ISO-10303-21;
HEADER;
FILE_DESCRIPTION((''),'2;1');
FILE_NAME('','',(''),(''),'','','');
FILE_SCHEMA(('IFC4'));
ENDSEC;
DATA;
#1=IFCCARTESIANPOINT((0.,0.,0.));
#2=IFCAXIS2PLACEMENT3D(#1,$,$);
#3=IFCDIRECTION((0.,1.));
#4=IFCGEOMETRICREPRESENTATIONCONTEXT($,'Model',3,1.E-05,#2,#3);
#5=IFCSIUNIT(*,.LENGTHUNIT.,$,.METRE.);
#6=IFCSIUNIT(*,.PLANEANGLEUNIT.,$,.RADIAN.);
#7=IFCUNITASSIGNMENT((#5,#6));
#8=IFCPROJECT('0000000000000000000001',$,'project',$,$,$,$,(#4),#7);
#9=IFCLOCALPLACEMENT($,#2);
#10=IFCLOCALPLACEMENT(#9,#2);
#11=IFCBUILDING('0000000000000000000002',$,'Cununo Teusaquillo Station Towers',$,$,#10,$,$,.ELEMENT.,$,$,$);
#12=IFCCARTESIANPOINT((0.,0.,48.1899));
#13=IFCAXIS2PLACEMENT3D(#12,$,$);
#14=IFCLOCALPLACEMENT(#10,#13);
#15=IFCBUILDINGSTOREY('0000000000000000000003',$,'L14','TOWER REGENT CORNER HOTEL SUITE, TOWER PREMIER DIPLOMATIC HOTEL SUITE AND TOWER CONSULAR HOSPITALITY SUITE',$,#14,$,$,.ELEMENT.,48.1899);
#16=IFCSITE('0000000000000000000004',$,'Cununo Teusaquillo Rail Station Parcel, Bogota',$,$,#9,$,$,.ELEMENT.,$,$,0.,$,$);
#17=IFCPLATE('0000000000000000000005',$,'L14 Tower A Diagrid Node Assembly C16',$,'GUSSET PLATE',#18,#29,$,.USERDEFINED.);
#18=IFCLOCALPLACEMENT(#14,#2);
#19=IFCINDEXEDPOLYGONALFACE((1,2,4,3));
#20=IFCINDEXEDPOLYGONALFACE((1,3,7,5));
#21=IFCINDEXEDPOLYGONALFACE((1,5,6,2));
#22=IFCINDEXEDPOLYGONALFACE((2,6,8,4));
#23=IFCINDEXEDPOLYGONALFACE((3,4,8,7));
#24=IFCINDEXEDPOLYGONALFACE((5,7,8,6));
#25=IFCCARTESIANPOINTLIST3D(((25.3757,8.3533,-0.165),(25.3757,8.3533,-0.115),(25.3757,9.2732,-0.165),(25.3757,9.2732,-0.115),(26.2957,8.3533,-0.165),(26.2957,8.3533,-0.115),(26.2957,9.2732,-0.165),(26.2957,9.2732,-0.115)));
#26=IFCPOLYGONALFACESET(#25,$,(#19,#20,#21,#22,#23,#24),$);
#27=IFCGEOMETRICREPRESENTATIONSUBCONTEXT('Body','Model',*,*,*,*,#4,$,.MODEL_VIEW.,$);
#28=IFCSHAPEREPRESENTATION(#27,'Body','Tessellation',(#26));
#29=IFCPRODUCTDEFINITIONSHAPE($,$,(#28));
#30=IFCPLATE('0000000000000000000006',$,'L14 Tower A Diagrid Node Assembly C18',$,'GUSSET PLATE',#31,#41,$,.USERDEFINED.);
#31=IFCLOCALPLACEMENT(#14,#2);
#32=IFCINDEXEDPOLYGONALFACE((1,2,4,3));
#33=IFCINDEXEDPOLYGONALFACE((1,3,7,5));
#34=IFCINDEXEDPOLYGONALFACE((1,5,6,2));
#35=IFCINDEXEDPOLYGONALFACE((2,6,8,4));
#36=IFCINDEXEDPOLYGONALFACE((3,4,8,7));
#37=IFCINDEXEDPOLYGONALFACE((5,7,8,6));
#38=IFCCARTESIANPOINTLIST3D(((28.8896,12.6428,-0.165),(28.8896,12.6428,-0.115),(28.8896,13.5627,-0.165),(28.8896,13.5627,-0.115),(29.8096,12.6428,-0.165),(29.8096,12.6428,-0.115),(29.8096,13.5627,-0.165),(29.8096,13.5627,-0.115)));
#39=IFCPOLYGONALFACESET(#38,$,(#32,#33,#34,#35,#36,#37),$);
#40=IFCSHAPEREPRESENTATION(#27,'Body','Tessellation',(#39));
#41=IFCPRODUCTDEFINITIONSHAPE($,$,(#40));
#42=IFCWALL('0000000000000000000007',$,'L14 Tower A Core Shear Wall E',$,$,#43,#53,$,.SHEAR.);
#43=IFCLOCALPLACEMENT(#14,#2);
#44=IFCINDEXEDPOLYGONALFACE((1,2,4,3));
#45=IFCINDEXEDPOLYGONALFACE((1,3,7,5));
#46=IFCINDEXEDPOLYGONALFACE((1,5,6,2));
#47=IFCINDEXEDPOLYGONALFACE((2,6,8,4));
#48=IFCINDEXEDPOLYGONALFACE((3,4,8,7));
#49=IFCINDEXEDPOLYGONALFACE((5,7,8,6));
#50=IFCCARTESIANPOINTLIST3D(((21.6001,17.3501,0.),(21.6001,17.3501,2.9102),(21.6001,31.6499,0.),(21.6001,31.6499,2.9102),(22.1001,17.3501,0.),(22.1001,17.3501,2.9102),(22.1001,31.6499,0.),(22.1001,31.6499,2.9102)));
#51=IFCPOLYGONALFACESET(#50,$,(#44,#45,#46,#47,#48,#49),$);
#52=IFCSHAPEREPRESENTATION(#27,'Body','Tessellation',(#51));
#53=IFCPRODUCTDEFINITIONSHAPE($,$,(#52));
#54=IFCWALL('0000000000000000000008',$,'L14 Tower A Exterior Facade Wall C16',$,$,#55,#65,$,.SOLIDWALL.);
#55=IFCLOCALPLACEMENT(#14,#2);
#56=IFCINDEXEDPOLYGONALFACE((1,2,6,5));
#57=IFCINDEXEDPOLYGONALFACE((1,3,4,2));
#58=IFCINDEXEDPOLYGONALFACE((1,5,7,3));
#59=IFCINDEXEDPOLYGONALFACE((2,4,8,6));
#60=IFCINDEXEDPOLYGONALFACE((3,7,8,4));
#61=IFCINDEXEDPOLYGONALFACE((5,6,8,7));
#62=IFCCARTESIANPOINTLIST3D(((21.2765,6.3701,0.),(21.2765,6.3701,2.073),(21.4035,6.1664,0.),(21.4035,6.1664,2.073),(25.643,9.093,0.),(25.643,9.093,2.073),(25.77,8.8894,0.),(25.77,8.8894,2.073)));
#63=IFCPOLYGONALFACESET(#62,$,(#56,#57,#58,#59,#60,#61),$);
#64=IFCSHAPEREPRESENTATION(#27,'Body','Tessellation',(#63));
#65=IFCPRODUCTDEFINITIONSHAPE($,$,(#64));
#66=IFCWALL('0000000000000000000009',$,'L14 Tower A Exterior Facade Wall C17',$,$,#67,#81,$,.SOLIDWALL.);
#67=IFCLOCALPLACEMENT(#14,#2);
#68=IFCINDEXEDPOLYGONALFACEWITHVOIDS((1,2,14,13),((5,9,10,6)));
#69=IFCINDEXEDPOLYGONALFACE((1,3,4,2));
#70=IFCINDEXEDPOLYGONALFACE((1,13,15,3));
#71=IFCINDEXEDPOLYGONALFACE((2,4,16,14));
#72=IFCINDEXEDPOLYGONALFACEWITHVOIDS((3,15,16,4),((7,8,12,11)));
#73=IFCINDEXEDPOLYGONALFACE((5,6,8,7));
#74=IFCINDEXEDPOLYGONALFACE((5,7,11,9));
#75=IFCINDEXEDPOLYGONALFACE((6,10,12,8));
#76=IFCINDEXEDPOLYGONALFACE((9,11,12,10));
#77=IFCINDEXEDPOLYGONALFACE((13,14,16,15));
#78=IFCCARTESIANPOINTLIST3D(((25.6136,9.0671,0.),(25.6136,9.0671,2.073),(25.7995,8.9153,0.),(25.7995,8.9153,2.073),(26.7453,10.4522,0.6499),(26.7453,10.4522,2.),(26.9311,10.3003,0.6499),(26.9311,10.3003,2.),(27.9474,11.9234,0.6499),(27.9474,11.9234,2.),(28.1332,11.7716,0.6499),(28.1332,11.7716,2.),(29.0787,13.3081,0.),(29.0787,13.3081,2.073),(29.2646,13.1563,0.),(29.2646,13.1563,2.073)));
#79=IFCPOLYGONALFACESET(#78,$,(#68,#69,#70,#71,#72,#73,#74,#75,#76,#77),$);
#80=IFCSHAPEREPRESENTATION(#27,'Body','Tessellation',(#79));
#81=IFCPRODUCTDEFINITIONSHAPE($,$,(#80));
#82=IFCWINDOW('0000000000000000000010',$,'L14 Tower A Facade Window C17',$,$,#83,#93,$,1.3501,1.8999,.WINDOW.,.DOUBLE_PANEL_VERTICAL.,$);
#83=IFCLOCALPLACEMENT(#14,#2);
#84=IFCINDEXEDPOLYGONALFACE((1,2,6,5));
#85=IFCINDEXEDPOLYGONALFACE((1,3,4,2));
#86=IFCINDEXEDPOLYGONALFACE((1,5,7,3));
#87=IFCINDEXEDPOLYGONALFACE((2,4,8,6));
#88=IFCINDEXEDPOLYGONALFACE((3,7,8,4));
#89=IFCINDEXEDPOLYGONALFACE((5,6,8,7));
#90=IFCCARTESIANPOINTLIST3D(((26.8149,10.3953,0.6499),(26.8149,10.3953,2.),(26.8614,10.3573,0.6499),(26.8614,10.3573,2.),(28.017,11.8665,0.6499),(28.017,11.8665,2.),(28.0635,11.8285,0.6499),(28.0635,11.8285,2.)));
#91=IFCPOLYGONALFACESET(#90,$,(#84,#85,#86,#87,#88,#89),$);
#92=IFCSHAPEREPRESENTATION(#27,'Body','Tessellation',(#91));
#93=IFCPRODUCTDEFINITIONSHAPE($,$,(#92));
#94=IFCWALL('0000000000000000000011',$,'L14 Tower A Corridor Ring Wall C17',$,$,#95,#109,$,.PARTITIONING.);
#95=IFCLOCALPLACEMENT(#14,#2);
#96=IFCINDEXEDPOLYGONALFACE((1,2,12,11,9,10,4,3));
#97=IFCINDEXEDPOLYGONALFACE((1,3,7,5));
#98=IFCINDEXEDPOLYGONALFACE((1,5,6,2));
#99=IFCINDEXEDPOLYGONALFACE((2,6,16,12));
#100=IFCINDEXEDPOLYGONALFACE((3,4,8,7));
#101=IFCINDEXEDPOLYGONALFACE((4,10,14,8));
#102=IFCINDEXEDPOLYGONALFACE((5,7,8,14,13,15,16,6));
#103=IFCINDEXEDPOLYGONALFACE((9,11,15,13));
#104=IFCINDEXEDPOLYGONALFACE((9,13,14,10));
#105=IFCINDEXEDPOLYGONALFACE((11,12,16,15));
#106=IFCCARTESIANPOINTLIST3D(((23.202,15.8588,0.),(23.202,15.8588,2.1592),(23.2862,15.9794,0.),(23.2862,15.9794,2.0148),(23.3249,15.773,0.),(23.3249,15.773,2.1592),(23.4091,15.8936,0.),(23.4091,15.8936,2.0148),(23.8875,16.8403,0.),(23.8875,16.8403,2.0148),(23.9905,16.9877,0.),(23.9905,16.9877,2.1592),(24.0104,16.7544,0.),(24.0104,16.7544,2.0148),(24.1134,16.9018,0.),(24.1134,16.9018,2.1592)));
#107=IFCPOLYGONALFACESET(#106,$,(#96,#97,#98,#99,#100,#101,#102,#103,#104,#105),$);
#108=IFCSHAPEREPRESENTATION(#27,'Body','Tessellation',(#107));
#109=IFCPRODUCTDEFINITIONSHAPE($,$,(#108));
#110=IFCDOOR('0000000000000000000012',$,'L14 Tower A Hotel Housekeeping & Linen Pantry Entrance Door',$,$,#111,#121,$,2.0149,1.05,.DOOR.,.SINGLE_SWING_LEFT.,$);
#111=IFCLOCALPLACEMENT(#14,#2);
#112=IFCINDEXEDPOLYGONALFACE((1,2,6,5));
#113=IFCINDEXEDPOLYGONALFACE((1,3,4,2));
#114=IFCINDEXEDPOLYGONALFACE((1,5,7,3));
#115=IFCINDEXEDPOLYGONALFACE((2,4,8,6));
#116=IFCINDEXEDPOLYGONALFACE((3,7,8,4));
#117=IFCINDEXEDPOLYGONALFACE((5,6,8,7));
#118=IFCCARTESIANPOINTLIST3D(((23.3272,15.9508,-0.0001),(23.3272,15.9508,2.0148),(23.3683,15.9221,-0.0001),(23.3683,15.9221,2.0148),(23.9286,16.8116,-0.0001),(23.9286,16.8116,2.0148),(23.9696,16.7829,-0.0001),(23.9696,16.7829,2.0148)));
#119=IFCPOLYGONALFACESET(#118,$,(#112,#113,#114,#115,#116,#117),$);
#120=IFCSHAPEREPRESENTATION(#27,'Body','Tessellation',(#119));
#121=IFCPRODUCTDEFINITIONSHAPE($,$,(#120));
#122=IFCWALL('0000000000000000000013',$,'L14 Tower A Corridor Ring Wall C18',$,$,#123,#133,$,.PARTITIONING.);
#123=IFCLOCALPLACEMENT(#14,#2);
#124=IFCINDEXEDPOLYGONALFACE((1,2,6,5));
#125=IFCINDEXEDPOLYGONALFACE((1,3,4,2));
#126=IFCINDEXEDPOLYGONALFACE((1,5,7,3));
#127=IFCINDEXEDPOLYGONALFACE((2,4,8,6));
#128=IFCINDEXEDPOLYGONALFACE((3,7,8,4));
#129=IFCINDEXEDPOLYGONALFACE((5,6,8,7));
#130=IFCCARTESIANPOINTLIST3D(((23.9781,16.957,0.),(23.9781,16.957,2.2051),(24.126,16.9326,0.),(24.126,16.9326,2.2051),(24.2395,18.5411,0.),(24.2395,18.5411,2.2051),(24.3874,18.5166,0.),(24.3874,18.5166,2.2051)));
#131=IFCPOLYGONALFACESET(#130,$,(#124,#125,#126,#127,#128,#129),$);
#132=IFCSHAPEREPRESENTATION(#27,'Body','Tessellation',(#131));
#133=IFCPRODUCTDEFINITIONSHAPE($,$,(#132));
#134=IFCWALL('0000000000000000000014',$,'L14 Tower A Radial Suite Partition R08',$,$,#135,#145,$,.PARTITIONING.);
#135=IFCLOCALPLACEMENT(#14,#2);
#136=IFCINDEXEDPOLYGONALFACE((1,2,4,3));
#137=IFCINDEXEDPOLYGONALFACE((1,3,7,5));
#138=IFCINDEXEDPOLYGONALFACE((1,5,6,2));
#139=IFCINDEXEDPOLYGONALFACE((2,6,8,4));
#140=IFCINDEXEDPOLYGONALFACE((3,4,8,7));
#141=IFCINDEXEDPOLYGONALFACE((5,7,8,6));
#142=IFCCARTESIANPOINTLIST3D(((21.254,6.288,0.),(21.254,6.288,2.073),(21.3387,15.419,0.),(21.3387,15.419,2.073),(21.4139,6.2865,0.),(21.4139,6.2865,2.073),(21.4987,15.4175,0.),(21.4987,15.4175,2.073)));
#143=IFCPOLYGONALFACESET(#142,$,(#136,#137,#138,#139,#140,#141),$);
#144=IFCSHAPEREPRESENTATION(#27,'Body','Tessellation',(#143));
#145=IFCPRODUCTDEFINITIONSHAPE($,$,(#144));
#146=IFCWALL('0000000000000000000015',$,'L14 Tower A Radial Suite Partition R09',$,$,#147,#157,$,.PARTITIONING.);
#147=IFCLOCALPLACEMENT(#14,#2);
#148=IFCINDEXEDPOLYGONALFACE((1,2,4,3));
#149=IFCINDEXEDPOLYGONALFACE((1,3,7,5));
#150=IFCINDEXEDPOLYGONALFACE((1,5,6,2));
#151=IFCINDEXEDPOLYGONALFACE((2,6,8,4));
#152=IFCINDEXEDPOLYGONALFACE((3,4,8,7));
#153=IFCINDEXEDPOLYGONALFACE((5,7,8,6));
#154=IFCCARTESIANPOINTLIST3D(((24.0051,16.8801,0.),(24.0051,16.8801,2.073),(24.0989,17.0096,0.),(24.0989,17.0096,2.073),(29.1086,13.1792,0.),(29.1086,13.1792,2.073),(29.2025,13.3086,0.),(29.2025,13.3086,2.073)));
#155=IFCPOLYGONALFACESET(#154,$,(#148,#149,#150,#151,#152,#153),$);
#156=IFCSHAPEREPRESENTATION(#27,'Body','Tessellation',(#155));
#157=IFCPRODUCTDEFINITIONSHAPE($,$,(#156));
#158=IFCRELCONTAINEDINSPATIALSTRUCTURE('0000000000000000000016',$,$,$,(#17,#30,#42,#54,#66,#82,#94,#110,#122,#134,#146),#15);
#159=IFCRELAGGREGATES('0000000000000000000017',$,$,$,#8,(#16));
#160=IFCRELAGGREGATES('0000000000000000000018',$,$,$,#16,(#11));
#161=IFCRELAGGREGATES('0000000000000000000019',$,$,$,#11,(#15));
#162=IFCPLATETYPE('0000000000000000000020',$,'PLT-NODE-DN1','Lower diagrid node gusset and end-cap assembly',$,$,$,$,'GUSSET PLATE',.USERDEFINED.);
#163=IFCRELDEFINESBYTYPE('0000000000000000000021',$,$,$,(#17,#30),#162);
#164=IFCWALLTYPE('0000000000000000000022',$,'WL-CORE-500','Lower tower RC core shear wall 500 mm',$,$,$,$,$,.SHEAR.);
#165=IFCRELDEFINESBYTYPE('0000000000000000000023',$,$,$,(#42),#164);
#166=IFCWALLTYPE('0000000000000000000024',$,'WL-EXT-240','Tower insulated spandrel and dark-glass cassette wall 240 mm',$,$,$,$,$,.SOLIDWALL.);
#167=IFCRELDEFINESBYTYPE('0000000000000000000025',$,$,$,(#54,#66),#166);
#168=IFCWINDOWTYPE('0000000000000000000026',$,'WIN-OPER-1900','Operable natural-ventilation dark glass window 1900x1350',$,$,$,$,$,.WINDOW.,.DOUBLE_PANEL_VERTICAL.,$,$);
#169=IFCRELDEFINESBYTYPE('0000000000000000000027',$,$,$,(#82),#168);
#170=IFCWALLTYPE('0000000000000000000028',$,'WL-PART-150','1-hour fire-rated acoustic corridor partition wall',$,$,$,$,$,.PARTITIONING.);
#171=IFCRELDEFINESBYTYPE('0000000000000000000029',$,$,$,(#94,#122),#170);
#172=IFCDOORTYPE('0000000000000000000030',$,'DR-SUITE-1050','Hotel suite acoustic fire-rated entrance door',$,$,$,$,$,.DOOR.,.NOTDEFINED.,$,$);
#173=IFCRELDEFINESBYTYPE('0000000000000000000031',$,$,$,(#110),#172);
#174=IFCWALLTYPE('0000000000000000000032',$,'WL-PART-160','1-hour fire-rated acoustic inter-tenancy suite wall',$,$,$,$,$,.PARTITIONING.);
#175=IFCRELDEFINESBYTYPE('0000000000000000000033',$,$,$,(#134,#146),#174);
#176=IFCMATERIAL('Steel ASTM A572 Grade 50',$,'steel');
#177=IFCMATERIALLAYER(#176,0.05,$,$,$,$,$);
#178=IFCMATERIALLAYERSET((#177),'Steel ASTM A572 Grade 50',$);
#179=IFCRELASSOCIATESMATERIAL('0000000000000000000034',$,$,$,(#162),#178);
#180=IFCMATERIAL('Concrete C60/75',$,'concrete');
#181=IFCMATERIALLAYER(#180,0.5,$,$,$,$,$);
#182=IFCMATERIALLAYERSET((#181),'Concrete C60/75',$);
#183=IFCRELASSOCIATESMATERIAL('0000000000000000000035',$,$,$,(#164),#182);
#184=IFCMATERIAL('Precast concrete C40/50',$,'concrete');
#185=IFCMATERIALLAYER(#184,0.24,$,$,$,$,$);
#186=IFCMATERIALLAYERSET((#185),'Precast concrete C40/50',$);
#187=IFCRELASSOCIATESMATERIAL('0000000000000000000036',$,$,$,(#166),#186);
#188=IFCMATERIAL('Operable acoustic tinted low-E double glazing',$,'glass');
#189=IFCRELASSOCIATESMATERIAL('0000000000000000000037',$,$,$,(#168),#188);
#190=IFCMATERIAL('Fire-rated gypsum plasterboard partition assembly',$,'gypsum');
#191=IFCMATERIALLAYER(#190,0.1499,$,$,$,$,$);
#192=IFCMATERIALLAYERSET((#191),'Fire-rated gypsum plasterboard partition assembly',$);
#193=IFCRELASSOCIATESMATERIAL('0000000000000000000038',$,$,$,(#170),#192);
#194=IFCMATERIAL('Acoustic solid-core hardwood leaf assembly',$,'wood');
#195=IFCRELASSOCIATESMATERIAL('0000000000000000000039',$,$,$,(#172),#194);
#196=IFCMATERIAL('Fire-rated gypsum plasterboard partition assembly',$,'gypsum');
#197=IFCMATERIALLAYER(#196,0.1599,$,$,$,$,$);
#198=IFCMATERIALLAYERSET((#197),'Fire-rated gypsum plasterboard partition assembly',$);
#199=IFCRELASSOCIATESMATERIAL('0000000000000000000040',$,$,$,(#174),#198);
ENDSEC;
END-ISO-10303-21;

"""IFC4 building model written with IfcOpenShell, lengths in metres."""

from ifc_helpers import new_model, si_unit, direction, frame, frame_2d, origin, origin_2d, place, context, subcontext, project, spatial, rectangle, extrude, source, transform, mapped, material, layer, layer_set, type_object, element, fill, save


model = new_model("IFC4")

# Units and contexts
model_context = context("Model", 3, precision=1e-05, world=origin(), true_north=direction((0.0, 1.0)))
body_context = subcontext(model_context, "Body", "Model", "MODEL_VIEW")
ifc_project = project(units=[si_unit("LENGTHUNIT", "METRE"), si_unit("PLANEANGLEUNIT", "RADIAN")], contexts=[model_context])

# Site, building, storey
site_placement = place(None, origin())
site = spatial("IfcSite", under=ifc_project, at=site_placement, Name="Cununo Teusaquillo Rail Station Parcel, Bogota", CompositionType="ELEMENT", RefElevation=0.0)
building_placement = place(site_placement, origin())
building = spatial("IfcBuilding", under=site, at=building_placement, Name="Cununo Teusaquillo Station Towers", CompositionType="ELEMENT")
storey_placement = place(building_placement, frame((0.0, 0.0, 48.1899)))
storey = spatial("IfcBuildingStorey", under=building, at=storey_placement, Name="L14", Description="TOWER REGENT CORNER HOTEL SUITE, TOWER PREMIER DIPLOMATIC HOTEL SUITE AND TOWER CONSULAR HOSPITALITY SUITE", CompositionType="ELEMENT", Elevation=48.1899)

# Plates
ifc_material_1 = material(Name="Steel ASTM A572 Grade 50", Category="steel")
ifc_layer_1 = layer(ifc_material_1, 0.05)
ifc_layer_set_1 = layer_set([ifc_layer_1], Name="Steel ASTM A572 Grade 50")
plate_type = type_object("IfcPlateType", Name="PLT-NODE-DN1", Description="Lower diagrid node gusset and end-cap assembly", ElementType="GUSSET PLATE", PredefinedType="USERDEFINED", material=ifc_layer_set_1)
shared_shape_1 = source(origin(), body_context, "Body", "SweptSolid", [
    extrude(rectangle(XDim=0.9199, YDim=0.9199, at=origin_2d()), origin(), (0.0, 0.0, 1.0), 0.05),
])
for number, where, z_axis, x_axis, name in (
    (1, (25.8357, 8.8132, -0.165), (0.0, 0.0, 1.0), (1.0, 0.0, 0.0), "L14 Tower A Diagrid Node Assembly C16"),
    (2, (29.3496, 13.1028, -0.165), (0.0, 0.0, 1.0), (1.0, 0.0, 0.0), "L14 Tower A Diagrid Node Assembly C18"),
):
    element("IfcPlate", number, at=place(storey_placement, frame(where, z_axis=z_axis, x_axis=x_axis)), inside=storey, type_object=plate_type, Name=name, ObjectType="GUSSET PLATE", PredefinedType="USERDEFINED", context=body_context, shape_type="MappedRepresentation", body=[
        mapped(shared_shape_1, transform((0.0, 0.0, 0.0), x_axis=(1.0, 0.0, 0.0), y_axis=(0.0, 1.0, 0.0), z_axis=(0.0, 0.0, 1.0), scale=1.0)),
    ])

# Walls
ifc_material_2 = material(Name="Concrete C60/75", Category="concrete")
ifc_layer_2 = layer(ifc_material_2, 0.5)
ifc_layer_set_2 = layer_set([ifc_layer_2], Name="Concrete C60/75")
wall_type_1 = type_object("IfcWallType", Name="WL-CORE-500", Description="Lower tower RC core shear wall 500 mm", PredefinedType="SHEAR", material=ifc_layer_set_2)
wall_1_placement = place(storey_placement, frame((21.8501, 17.3501, 0.0), z_axis=(0.0, 0.0, 1.0), x_axis=(0.0, 1.0, 0.0)))
element("IfcWall", 3, at=wall_1_placement, inside=storey, type_object=wall_type_1, Name="L14 Tower A Core Shear Wall E", PredefinedType="SHEAR", context=body_context, shape_type="SweptSolid", body=[
    extrude(rectangle(XDim=14.2998, YDim=0.5, at=frame_2d((7.1499, 0.0))), origin(), (0.0, 0.0, 1.0), 2.9102),
])
ifc_material_3 = material(Name="Precast concrete C40/50", Category="concrete")
ifc_layer_3 = layer(ifc_material_3, 0.24)
ifc_layer_set_3 = layer_set([ifc_layer_3], Name="Precast concrete C40/50")
wall_type_2 = type_object("IfcWallType", Name="WL-EXT-240", Description="Tower insulated spandrel and dark-glass cassette wall 240 mm", PredefinedType="SOLIDWALL", material=ifc_layer_set_3)
wall_2_placement = place(storey_placement, frame((25.7065, 8.9912, 0.0), z_axis=(0.0, 0.0, 1.0), x_axis=(-0.848534, -0.529141, 0.0)))
element("IfcWall", 4, at=wall_2_placement, inside=storey, type_object=wall_type_2, Name="L14 Tower A Exterior Facade Wall C16", PredefinedType="SOLIDWALL", context=body_context, shape_type="SweptSolid", body=[
    extrude(rectangle(XDim=5.146, YDim=0.24, at=frame_2d((2.573, 0.0))), origin(), (0.0, 0.0, 1.0), 2.073),
])

# Wall, opening, window
wall_3_placement = place(storey_placement, frame((29.1716, 13.2322, 0.0), z_axis=(0.0, 0.0, 1.0), x_axis=(-0.632713, -0.774386, 0.0)))
wall_3 = element("IfcWall", 5, at=wall_3_placement, inside=storey, type_object=wall_type_2, Name="L14 Tower A Exterior Facade Wall C17", PredefinedType="SOLIDWALL", context=body_context, shape_type="SweptSolid", body=[
    extrude(rectangle(XDim=5.4766, YDim=0.24, at=frame_2d((2.7383, 0.0))), origin(), (0.0, 0.0, 1.0), 2.073),
])
shared_shape_2 = source(origin(), body_context, "Body", "SweptSolid", [
    extrude(rectangle(XDim=1.8999, YDim=1.3501, at=frame_2d((0.95, 0.675))), frame((0.0, 0.1299, 0.0), z_axis=(0.0, -1.0, 0.0), x_axis=(1.0, 0.0, 0.0)), (0.0, 0.0, 1.0), 0.26),
])
opening_1_placement = place(wall_3_placement, frame((1.7881, 0.0, 0.6499)))
opening_1 = element("IfcOpeningElement", 6, at=opening_1_placement, cuts=wall_3, PredefinedType="OPENING", context=body_context, shape_type="MappedRepresentation", body=[
    mapped(shared_shape_2, transform((0.0, 0.0, 0.0), x_axis=(1.0, 0.0, 0.0), y_axis=(0.0, 1.0, 0.0), z_axis=(0.0, 0.0, 1.0), scale=1.0)),
])
ifc_material_4 = material(Name="Operable acoustic tinted low-E double glazing", Category="glass")
window_type = type_object("IfcWindowType", Name="WIN-OPER-1900", Description="Operable natural-ventilation dark glass window 1900x1350", PartitioningType="DOUBLE_PANEL_VERTICAL", PredefinedType="WINDOW", material=ifc_material_4)
shared_shape_3 = source(origin(), body_context, "Body", "SweptSolid", [
    extrude(rectangle(XDim=1.8999, YDim=1.3501, at=frame_2d((0.95, 0.675))), frame((0.0, 0.03, 0.0), z_axis=(0.0, -1.0, 0.0), x_axis=(1.0, 0.0, 0.0)), (0.0, 0.0, 1.0), 0.0601),
])
window_placement = place(opening_1_placement, origin())
window = element("IfcWindow", 7, at=window_placement, inside=storey, type_object=window_type, Name="L14 Tower A Facade Window C17", OverallHeight=1.3501, OverallWidth=1.8999, PartitioningType="DOUBLE_PANEL_VERTICAL", PredefinedType="WINDOW", context=body_context, shape_type="MappedRepresentation", body=[
    mapped(shared_shape_3, transform((0.0, 0.0, 0.0), x_axis=(1.0, 0.0, 0.0), y_axis=(0.0, 1.0, 0.0), z_axis=(0.0, 0.0, 1.0), scale=1.0)),
])
fill(opening_1, window)

# Wall, opening, door
ifc_material_5 = material(Name="Fire-rated gypsum plasterboard partition assembly", Category="gypsum")
ifc_layer_4 = layer(ifc_material_5, 0.1499)
ifc_layer_set_4 = layer_set([ifc_layer_4], Name="Fire-rated gypsum plasterboard partition assembly")
wall_type_3 = type_object("IfcWallType", Name="WL-PART-150", Description="1-hour fire-rated acoustic corridor partition wall", PredefinedType="PARTITIONING", material=ifc_layer_set_4)
wall_4_placement = place(storey_placement, frame((23.2634, 15.8159, 0.0), z_axis=(0.0, 0.0, 1.0), x_axis=(0.572653, 0.819798, 0.0)))
wall_4 = element("IfcWall", 8, at=wall_4_placement, inside=storey, type_object=wall_type_3, Name="L14 Tower A Corridor Ring Wall C17", PredefinedType="PARTITIONING", context=body_context, shape_type="SweptSolid", body=[
    extrude(rectangle(XDim=1.377, YDim=0.1499, at=frame_2d((0.6885, 0.0))), origin(), (0.0, 0.0, 1.0), 2.1592),
])
shared_shape_4 = source(origin(), body_context, "Body", "SweptSolid", [
    extrude(rectangle(XDim=1.05, YDim=2.0149, at=frame_2d((0.5249, 1.0073))), frame((0.0, 0.085, 0.0), z_axis=(0.0, -1.0, 0.0), x_axis=(1.0, 0.0, 0.0)), (0.0, 0.0, 1.0), 0.1699),
])
opening_2_placement = place(wall_4_placement, frame((0.1472, 0.0, 0.0)))
opening_2 = element("IfcOpeningElement", 9, at=opening_2_placement, cuts=wall_4, PredefinedType="OPENING", context=body_context, shape_type="MappedRepresentation", body=[
    mapped(shared_shape_4, transform((0.0, 0.0, 0.0), x_axis=(1.0, 0.0, 0.0), y_axis=(0.0, 1.0, 0.0), z_axis=(0.0, 0.0, 1.0), scale=1.0)),
])
ifc_material_6 = material(Name="Acoustic solid-core hardwood leaf assembly", Category="wood")
door_type = type_object("IfcDoorType", Name="DR-SUITE-1050", Description="Hotel suite acoustic fire-rated entrance door", OperationType="NOTDEFINED", PredefinedType="DOOR", material=ifc_material_6)
shared_shape_5 = source(origin(), body_context, "Body", "SweptSolid", [
    extrude(rectangle(XDim=1.05, YDim=2.0149, at=frame_2d((0.5249, 1.0073))), frame((0.0, 0.0249, 0.0), z_axis=(0.0, -1.0, 0.0), x_axis=(1.0, 0.0, 0.0)), (0.0, 0.0, 1.0), 0.05),
])
door_placement = place(opening_2_placement, origin())
door = element("IfcDoor", 10, at=door_placement, inside=storey, type_object=door_type, Name="L14 Tower A Hotel Housekeeping & Linen Pantry Entrance Door", OperationType="SINGLE_SWING_LEFT", OverallHeight=2.0149, OverallWidth=1.05, PredefinedType="DOOR", context=body_context, shape_type="MappedRepresentation", body=[
    mapped(shared_shape_5, transform((0.0, 0.0, 0.0), x_axis=(1.0, 0.0, 0.0), y_axis=(0.0, 1.0, 0.0), z_axis=(0.0, 0.0, 1.0), scale=1.0)),
])
fill(opening_2, door)

# Walls
wall_5_placement = place(storey_placement, frame((24.052, 16.9448, 0.0), z_axis=(0.0, 0.0, 1.0), x_axis=(0.16287, 0.986648, 0.0)))
element("IfcWall", 11, at=wall_5_placement, inside=storey, type_object=wall_type_3, Name="L14 Tower A Corridor Ring Wall C18", PredefinedType="PARTITIONING", context=body_context, shape_type="SweptSolid", body=[
    extrude(rectangle(XDim=1.6055, YDim=0.1499, at=frame_2d((0.8027, 0.0))), origin(), (0.0, 0.0, 1.0), 2.2051),
])
ifc_material_7 = material(Name="Fire-rated gypsum plasterboard partition assembly", Category="gypsum")
ifc_layer_5 = layer(ifc_material_7, 0.1599)
ifc_layer_set_5 = layer_set([ifc_layer_5], Name="Fire-rated gypsum plasterboard partition assembly")
wall_type_4 = type_object("IfcWallType", Name="WL-PART-160", Description="1-hour fire-rated acoustic inter-tenancy suite wall", PredefinedType="PARTITIONING", material=ifc_layer_set_5)
wall_6_placement = place(storey_placement, frame((21.4187, 15.4182, 0.0), z_axis=(0.0, 0.0, 1.0), x_axis=(-0.009278, -0.999957, 0.0)))
element("IfcWall", 12, at=wall_6_placement, inside=storey, type_object=wall_type_4, Name="L14 Tower A Radial Suite Partition R08", PredefinedType="PARTITIONING", context=body_context, shape_type="SweptSolid", body=[
    extrude(rectangle(XDim=9.1313, YDim=0.1599, at=frame_2d((4.5657, 0.0))), origin(), (0.0, 0.0, 1.0), 2.073),
])
wall_7_placement = place(storey_placement, frame((24.052, 16.9448, 0.0), z_axis=(0.0, 0.0, 1.0), x_axis=(0.809544, -0.587059, 0.0)))
element("IfcWall", 13, at=wall_7_placement, inside=storey, type_object=wall_type_4, Name="L14 Tower A Radial Suite Partition R09", PredefinedType="PARTITIONING", context=body_context, shape_type="SweptSolid", body=[
    extrude(rectangle(XDim=6.3042, YDim=0.1599, at=frame_2d((3.1521, 0.0))), origin(), (0.0, 0.0, 1.0), 2.073),
])

save(model, "model.ifc")
